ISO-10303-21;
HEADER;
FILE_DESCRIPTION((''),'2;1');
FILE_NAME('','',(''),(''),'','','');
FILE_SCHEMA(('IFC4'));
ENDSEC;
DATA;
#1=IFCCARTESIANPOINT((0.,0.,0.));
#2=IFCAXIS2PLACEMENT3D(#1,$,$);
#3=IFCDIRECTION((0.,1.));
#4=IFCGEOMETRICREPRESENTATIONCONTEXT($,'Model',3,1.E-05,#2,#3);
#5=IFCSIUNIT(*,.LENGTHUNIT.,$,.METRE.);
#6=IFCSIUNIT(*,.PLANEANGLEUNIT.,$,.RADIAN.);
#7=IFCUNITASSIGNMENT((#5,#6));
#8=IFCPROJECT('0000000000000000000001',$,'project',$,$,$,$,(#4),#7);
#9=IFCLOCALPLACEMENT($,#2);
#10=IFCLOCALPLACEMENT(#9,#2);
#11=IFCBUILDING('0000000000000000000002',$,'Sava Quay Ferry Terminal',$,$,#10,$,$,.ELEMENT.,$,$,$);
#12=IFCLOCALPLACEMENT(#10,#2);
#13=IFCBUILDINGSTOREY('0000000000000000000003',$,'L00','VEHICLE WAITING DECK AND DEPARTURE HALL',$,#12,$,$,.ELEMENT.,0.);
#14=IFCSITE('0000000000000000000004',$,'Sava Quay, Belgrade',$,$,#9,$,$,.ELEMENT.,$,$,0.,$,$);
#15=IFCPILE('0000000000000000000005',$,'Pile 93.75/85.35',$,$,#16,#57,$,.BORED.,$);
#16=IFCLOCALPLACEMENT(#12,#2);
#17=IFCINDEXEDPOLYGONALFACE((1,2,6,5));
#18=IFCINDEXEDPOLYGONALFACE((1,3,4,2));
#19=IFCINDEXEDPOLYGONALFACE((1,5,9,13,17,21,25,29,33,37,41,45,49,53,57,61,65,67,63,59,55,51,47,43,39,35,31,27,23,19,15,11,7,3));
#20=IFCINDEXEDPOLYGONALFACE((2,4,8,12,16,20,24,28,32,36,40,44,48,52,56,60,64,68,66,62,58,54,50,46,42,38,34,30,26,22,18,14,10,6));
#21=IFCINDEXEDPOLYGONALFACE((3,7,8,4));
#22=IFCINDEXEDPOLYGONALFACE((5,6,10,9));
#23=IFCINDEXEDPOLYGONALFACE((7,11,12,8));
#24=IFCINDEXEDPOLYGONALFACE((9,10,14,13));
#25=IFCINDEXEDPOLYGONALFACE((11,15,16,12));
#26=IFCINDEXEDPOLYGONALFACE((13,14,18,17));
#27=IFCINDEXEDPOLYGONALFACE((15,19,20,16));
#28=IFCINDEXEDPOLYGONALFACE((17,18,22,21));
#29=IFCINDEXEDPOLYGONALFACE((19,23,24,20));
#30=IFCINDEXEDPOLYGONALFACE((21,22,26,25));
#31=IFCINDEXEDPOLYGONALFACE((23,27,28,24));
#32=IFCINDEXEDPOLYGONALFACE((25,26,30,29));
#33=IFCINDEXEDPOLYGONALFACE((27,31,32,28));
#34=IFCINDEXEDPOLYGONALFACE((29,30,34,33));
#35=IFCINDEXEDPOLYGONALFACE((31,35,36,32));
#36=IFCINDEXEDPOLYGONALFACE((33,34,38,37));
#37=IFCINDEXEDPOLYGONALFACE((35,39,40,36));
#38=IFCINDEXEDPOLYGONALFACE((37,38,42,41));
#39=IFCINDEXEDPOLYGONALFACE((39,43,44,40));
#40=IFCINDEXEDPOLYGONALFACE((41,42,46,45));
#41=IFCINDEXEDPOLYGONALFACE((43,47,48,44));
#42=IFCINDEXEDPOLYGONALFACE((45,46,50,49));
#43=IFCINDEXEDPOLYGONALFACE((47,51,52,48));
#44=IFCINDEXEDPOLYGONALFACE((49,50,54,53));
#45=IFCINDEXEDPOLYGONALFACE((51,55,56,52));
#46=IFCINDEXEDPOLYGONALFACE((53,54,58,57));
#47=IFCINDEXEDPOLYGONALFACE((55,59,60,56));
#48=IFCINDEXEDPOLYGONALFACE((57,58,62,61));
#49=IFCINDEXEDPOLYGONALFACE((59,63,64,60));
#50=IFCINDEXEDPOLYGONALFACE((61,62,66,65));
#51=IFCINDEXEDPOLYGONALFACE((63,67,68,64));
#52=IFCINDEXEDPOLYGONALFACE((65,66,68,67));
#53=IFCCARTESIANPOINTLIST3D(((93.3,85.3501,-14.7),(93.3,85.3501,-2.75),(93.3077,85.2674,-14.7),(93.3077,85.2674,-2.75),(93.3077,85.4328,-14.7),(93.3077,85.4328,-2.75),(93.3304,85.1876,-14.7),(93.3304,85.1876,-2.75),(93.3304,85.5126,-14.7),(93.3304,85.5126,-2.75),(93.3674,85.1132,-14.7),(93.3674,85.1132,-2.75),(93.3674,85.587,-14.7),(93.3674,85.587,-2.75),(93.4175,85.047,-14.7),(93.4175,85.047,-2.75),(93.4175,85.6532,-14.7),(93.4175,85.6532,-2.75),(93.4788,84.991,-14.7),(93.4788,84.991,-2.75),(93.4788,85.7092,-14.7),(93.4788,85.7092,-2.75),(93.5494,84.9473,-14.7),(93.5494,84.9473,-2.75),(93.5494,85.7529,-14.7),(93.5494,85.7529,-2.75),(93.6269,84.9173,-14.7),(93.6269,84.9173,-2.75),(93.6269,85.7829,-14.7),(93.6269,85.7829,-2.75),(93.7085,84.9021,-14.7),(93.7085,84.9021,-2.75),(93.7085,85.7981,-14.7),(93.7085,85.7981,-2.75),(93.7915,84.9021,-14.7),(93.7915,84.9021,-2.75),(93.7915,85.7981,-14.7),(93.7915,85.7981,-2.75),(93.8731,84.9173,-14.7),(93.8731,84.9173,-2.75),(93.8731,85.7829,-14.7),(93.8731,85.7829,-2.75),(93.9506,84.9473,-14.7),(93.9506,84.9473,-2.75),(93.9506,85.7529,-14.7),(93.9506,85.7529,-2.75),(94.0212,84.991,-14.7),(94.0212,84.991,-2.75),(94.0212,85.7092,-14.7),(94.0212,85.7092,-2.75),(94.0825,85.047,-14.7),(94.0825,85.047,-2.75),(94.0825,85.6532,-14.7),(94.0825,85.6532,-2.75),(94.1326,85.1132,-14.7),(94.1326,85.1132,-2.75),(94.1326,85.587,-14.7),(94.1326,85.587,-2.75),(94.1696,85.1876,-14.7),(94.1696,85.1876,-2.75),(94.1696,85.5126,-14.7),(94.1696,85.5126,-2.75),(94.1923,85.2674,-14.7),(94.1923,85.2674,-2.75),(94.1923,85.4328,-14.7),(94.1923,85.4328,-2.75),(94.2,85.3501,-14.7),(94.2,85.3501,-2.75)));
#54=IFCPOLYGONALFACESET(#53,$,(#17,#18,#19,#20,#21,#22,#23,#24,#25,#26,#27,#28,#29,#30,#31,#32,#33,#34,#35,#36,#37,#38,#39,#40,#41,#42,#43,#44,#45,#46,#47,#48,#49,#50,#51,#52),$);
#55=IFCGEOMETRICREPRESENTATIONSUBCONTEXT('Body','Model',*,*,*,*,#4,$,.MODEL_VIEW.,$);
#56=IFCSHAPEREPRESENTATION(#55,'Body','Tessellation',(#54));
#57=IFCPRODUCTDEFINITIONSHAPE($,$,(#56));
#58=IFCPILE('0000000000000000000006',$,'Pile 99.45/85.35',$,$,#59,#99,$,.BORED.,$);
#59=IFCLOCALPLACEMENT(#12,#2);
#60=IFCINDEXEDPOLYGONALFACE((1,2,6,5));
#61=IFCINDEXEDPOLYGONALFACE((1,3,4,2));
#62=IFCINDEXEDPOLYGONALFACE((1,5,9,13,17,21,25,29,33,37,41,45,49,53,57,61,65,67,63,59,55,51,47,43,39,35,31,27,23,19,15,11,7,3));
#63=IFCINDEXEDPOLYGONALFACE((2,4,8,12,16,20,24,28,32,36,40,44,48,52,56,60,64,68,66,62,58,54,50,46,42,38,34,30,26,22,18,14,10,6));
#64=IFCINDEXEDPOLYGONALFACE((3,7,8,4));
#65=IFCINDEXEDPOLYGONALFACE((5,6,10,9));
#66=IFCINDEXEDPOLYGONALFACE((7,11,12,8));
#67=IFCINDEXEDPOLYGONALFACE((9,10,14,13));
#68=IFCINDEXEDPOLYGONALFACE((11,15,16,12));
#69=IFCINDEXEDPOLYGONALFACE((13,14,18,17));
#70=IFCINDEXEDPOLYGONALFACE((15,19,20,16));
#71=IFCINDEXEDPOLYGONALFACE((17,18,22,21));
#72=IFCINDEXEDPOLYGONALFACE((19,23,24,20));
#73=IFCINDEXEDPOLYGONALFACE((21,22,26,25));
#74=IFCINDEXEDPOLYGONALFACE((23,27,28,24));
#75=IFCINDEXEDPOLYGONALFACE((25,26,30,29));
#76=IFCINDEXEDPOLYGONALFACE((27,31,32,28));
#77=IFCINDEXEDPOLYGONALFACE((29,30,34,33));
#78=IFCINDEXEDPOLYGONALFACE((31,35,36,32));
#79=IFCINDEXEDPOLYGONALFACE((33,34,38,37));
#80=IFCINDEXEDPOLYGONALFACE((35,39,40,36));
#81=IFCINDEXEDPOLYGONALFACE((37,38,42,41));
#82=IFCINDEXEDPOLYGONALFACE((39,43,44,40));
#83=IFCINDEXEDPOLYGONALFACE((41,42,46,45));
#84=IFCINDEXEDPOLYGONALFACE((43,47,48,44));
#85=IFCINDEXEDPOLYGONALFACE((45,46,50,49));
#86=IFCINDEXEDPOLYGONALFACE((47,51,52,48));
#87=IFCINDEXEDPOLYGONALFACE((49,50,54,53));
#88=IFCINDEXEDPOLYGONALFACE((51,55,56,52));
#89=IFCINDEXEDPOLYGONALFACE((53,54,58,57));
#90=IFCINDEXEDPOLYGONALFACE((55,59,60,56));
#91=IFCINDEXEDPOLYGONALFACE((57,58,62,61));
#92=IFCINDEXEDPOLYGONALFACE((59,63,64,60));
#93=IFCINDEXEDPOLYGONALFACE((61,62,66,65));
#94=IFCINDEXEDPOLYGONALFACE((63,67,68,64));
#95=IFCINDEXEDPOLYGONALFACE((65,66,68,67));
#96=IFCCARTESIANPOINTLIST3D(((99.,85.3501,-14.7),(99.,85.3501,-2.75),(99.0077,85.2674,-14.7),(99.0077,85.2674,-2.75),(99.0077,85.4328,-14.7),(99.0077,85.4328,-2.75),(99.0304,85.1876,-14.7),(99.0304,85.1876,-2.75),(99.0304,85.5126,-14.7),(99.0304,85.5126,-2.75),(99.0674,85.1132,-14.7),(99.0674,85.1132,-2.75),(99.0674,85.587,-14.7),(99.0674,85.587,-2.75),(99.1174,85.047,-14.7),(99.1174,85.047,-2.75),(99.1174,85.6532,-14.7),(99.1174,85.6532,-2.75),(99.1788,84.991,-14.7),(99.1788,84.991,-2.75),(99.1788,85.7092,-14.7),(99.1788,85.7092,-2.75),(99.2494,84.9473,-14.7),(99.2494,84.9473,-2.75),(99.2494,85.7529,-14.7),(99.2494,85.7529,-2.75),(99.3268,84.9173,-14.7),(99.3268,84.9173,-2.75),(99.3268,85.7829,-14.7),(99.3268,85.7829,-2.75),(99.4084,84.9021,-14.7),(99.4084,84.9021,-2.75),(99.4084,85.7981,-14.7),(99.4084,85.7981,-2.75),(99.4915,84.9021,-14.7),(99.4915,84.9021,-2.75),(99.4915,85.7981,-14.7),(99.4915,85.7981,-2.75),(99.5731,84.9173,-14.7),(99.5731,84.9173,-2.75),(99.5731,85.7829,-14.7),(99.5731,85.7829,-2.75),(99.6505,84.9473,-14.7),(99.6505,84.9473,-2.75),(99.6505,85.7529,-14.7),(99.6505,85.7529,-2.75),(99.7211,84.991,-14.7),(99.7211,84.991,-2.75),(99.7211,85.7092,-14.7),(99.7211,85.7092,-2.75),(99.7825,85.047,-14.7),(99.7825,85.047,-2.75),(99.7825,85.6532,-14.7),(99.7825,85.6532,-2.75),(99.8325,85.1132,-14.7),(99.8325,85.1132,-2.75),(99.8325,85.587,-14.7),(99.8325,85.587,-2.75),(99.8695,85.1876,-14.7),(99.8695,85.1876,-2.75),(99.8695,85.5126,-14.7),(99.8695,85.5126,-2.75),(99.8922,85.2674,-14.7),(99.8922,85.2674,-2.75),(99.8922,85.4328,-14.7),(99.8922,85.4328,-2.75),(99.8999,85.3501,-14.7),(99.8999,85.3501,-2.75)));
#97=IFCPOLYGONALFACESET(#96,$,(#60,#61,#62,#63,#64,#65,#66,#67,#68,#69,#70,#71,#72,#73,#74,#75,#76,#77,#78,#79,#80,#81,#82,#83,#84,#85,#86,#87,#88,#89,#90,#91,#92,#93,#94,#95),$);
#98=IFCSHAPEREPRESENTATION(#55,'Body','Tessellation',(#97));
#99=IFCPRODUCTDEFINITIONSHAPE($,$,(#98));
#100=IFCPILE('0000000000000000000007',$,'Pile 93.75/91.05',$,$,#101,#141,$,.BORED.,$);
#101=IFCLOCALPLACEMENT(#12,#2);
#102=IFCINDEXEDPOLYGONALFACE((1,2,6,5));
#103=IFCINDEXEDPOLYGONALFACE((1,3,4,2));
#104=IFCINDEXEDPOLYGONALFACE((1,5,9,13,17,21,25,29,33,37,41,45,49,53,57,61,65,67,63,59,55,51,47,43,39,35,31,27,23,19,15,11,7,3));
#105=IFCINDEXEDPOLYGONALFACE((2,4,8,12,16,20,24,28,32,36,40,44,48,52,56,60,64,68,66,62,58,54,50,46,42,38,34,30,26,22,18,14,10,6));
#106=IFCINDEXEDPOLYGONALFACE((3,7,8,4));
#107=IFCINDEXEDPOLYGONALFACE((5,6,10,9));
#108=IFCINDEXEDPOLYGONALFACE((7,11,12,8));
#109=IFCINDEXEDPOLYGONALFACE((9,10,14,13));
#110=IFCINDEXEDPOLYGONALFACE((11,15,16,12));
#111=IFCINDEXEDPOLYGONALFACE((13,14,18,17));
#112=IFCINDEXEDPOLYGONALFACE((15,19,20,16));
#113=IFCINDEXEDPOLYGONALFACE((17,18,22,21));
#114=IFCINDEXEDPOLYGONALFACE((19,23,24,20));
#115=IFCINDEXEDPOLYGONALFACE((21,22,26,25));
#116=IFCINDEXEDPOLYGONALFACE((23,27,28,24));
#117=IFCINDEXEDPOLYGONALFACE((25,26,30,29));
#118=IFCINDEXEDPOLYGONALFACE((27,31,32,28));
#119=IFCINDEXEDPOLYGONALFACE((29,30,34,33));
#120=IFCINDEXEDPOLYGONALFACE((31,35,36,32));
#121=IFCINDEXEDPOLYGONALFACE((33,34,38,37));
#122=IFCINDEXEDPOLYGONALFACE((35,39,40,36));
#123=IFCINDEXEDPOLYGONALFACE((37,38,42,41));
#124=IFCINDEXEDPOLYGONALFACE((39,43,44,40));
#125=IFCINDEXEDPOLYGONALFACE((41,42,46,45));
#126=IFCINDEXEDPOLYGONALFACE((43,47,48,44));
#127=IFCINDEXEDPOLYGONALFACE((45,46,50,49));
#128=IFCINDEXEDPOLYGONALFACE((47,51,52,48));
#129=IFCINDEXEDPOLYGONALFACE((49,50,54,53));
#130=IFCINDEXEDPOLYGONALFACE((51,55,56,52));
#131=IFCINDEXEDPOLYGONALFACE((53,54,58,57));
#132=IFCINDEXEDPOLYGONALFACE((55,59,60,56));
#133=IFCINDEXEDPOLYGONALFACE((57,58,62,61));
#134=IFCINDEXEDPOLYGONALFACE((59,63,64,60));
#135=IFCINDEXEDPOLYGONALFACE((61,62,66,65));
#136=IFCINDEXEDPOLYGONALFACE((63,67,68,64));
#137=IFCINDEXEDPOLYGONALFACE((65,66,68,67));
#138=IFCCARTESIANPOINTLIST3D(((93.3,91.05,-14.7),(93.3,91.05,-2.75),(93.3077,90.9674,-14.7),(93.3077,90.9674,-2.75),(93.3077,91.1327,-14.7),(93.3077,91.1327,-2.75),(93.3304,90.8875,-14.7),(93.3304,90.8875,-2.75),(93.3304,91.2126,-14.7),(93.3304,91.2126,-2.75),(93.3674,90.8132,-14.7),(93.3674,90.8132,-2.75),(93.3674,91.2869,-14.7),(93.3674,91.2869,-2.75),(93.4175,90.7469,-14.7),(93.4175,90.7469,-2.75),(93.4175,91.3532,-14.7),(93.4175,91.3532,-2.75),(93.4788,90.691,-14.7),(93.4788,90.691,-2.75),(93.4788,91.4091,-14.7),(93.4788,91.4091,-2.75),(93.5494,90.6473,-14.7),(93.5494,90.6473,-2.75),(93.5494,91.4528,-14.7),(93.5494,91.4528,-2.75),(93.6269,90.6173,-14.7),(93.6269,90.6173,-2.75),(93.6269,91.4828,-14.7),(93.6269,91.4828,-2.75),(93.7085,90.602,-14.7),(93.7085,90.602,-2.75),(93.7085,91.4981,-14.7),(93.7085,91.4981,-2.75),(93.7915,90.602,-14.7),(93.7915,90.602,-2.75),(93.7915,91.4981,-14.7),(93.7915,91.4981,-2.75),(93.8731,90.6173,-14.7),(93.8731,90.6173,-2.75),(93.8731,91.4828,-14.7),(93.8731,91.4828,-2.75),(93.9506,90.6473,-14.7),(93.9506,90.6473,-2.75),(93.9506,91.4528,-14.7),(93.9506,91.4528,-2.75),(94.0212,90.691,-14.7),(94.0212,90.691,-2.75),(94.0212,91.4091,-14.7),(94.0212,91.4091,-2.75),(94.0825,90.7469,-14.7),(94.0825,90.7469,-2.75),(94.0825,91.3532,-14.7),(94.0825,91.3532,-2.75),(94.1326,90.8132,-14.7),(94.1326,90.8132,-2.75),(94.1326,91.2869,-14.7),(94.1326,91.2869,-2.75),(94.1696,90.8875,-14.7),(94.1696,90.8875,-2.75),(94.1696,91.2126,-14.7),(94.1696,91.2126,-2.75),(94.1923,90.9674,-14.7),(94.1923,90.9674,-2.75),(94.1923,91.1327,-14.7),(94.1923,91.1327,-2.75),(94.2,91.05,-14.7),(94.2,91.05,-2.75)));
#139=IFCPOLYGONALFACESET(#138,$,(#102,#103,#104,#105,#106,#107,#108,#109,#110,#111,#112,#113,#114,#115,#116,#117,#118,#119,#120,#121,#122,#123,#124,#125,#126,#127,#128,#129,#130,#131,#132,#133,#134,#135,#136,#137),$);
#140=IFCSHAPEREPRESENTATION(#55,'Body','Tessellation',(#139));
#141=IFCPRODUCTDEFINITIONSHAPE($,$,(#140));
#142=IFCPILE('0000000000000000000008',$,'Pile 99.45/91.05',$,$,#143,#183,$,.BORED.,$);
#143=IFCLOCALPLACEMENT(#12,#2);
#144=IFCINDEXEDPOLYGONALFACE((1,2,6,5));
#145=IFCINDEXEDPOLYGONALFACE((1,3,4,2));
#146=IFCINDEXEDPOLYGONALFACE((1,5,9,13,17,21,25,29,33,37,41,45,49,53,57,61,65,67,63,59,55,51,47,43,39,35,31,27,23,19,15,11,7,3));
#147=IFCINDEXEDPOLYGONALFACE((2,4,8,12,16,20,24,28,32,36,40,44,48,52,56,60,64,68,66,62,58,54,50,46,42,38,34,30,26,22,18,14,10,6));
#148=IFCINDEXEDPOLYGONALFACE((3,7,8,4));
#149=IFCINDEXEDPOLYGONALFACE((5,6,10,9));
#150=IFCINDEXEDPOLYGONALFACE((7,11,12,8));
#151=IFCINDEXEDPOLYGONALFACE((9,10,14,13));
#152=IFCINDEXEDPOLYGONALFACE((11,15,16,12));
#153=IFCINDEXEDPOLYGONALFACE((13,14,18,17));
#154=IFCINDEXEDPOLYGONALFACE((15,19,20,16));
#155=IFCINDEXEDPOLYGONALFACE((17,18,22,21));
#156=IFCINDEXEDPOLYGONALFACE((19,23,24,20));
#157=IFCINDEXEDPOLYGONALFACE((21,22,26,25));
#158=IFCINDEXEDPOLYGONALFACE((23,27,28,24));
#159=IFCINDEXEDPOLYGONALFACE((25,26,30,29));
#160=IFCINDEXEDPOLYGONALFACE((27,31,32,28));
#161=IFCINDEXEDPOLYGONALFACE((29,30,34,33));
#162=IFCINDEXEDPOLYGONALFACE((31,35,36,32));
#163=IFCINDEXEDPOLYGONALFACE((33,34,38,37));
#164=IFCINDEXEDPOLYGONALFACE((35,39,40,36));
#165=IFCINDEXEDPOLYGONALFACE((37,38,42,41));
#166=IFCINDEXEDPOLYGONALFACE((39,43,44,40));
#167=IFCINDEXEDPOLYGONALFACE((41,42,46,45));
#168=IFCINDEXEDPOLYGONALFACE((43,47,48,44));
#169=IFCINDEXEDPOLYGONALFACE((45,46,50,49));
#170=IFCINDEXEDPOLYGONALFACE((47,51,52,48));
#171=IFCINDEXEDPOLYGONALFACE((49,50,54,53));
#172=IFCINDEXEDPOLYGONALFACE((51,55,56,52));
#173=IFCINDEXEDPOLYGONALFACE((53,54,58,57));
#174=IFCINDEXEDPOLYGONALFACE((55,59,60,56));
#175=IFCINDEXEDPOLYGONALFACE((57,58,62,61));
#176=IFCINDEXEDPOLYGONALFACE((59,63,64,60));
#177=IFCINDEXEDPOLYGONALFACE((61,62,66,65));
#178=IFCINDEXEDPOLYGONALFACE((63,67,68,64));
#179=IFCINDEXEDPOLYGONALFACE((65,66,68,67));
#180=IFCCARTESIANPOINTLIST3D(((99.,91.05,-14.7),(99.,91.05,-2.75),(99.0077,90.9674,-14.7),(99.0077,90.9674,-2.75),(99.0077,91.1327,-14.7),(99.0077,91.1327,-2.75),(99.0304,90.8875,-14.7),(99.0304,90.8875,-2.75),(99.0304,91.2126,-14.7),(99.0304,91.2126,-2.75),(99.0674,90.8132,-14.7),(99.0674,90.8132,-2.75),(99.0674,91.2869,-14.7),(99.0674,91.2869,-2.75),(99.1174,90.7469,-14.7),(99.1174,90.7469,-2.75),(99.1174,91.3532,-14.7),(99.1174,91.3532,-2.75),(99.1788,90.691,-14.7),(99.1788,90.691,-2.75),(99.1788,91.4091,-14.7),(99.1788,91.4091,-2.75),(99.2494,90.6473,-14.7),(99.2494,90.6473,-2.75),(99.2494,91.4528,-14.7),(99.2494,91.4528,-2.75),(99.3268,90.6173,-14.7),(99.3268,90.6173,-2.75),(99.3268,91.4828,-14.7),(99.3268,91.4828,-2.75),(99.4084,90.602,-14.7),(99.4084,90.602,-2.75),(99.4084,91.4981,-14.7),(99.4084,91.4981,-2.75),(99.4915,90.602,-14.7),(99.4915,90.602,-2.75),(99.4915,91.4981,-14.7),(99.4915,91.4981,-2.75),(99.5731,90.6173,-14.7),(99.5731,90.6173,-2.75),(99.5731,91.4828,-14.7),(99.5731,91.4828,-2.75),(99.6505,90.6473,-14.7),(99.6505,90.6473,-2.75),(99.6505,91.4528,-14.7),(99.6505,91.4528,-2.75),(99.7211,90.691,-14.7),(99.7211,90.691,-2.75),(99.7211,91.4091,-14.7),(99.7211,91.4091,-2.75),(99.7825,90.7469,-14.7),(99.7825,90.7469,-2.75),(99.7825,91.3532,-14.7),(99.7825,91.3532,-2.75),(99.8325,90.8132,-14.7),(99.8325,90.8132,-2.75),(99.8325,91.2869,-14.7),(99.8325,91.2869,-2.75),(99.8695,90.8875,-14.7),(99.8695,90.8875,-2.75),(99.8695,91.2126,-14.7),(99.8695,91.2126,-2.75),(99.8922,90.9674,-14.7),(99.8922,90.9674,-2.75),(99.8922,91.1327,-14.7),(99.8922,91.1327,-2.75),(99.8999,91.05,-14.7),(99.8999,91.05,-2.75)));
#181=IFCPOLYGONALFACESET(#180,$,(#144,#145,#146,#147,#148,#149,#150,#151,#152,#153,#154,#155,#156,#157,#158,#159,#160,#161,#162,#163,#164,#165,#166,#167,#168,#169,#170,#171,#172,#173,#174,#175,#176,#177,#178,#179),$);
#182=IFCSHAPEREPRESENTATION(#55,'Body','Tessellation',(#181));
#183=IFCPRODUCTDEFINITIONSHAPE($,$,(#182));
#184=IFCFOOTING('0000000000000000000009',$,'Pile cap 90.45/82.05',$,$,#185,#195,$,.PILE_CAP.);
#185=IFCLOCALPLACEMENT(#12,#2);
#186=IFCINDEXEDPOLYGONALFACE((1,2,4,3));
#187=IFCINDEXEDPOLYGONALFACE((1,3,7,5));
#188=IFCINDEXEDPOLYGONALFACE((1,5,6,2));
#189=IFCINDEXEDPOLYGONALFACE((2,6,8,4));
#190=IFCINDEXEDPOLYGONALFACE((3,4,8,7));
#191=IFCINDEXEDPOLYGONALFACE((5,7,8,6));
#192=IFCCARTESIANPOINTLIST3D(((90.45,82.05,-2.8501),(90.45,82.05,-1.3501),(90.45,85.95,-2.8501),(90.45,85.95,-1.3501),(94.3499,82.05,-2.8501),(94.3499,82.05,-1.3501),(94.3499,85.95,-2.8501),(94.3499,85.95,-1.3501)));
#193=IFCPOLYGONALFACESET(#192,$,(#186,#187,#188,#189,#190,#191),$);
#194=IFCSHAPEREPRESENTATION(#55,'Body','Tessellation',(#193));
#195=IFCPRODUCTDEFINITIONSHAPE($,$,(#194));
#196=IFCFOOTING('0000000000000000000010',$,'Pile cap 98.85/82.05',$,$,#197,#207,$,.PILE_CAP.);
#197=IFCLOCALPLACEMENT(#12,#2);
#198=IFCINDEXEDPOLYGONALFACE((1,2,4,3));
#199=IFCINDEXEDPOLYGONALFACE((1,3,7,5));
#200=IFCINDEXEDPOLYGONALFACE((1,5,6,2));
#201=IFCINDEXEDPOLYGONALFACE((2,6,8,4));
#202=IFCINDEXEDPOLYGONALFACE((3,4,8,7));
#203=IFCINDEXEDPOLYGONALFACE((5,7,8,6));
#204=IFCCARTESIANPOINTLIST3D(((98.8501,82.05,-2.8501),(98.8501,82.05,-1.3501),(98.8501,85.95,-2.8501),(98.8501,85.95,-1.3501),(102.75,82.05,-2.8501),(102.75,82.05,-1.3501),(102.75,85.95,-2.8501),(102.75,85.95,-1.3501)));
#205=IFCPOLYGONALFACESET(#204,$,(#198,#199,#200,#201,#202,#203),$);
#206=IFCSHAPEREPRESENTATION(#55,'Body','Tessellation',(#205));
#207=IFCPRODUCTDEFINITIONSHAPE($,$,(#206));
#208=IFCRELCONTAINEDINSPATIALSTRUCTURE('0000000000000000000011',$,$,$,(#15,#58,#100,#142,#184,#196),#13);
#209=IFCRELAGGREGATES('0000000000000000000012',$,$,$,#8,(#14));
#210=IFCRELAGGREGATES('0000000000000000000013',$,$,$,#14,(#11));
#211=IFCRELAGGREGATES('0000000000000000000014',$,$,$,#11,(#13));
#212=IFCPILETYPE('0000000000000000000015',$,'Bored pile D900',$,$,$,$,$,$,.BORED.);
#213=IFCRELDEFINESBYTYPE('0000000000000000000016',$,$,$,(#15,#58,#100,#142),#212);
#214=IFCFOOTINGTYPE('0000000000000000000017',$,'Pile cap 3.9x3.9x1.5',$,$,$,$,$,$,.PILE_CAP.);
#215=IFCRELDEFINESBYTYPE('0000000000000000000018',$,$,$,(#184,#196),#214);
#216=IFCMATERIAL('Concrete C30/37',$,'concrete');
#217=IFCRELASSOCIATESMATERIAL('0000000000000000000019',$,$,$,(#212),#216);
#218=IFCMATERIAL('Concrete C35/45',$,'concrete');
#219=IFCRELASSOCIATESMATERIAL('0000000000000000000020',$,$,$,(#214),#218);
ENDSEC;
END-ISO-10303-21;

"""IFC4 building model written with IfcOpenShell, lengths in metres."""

from ifc_helpers import new_model, si_unit, direction, frame, origin, origin_2d, place, context, subcontext, project, spatial, rectangle, circle, extrude, material, material_profile, profile_set, type_object, element, save


model = new_model("IFC4")

# Units and contexts
model_context = context("Model", 3, precision=1e-05, world=origin(), true_north=direction((0.0, 1.0)))
body_context = subcontext(model_context, "Body", "Model", "MODEL_VIEW")
ifc_project = project(units=[si_unit("LENGTHUNIT", "METRE"), si_unit("PLANEANGLEUNIT", "RADIAN")], contexts=[model_context])

# Site, building, storey
site_placement = place(None, origin())
site = spatial("IfcSite", under=ifc_project, at=site_placement, Name="Sava Quay, Belgrade", CompositionType="ELEMENT", RefElevation=0.0)
building_placement = place(site_placement, origin())
building = spatial("IfcBuilding", under=site, at=building_placement, Name="Sava Quay Ferry Terminal", CompositionType="ELEMENT")
storey_placement = place(building_placement, origin())
storey = spatial("IfcBuildingStorey", under=building, at=storey_placement, Name="L00", Description="VEHICLE WAITING DECK AND DEPARTURE HALL", CompositionType="ELEMENT", Elevation=0.0)

# Piles
ifc_material_1 = material(Name="Concrete C30/37", Category="concrete")
ifc_material_profile_1 = material_profile(ifc_material_1, circle(Radius=0.45, at=origin_2d()), Name="Bored pile D900")
ifc_profile_set_1 = profile_set([ifc_material_profile_1], Name="Concrete C30/37")
pile_type = type_object("IfcPileType", Name="Bored pile D900", PredefinedType="BORED", material=ifc_profile_set_1)
for number, where, z_axis, x_axis, name in (
    (1, (93.75, 85.3501, -2.75), (0.0, 0.0, -1.0), (1.0, 0.0, 0.0), "Pile 93.75/85.35"),
    (2, (99.45, 85.3501, -2.75), (0.0, 0.0, -1.0), (1.0, 0.0, 0.0), "Pile 99.45/85.35"),
    (3, (93.75, 91.05, -2.75), (0.0, 0.0, -1.0), (1.0, 0.0, 0.0), "Pile 93.75/91.05"),
    (4, (99.45, 91.05, -2.75), (0.0, 0.0, -1.0), (1.0, 0.0, 0.0), "Pile 99.45/91.05"),
):
    element("IfcPile", number, at=place(storey_placement, frame(where, z_axis=z_axis, x_axis=x_axis)), inside=storey, type_object=pile_type, Name=name, PredefinedType="BORED", context=body_context, shape_type="SweptSolid", body=[
        extrude(circle(Radius=0.45, at=origin_2d()), origin(), (0.0, 0.0, 1.0), 11.95),
    ])

# Footings
ifc_material_2 = material(Name="Concrete C35/45", Category="concrete")
footing_type = type_object("IfcFootingType", Name="Pile cap 3.9x3.9x1.5", PredefinedType="PILE_CAP", material=ifc_material_2)
for number, where, z_axis, x_axis, name in (
    (5, (92.3999, 84.0, -2.8501), (0.0, 0.0, 1.0), (1.0, 0.0, 0.0), "Pile cap 90.45/82.05"),
    (6, (100.8, 84.0, -2.8501), (0.0, 0.0, 1.0), (1.0, 0.0, 0.0), "Pile cap 98.85/82.05"),
):
    element("IfcFooting", number, at=place(storey_placement, frame(where, z_axis=z_axis, x_axis=x_axis)), inside=storey, type_object=footing_type, Name=name, PredefinedType="PILE_CAP", context=body_context, shape_type="SweptSolid", body=[
        extrude(rectangle(XDim=3.8999, YDim=3.8999, at=origin_2d()), origin(), (0.0, 0.0, 1.0), 1.5),
    ])

save(model, "model.ifc")
